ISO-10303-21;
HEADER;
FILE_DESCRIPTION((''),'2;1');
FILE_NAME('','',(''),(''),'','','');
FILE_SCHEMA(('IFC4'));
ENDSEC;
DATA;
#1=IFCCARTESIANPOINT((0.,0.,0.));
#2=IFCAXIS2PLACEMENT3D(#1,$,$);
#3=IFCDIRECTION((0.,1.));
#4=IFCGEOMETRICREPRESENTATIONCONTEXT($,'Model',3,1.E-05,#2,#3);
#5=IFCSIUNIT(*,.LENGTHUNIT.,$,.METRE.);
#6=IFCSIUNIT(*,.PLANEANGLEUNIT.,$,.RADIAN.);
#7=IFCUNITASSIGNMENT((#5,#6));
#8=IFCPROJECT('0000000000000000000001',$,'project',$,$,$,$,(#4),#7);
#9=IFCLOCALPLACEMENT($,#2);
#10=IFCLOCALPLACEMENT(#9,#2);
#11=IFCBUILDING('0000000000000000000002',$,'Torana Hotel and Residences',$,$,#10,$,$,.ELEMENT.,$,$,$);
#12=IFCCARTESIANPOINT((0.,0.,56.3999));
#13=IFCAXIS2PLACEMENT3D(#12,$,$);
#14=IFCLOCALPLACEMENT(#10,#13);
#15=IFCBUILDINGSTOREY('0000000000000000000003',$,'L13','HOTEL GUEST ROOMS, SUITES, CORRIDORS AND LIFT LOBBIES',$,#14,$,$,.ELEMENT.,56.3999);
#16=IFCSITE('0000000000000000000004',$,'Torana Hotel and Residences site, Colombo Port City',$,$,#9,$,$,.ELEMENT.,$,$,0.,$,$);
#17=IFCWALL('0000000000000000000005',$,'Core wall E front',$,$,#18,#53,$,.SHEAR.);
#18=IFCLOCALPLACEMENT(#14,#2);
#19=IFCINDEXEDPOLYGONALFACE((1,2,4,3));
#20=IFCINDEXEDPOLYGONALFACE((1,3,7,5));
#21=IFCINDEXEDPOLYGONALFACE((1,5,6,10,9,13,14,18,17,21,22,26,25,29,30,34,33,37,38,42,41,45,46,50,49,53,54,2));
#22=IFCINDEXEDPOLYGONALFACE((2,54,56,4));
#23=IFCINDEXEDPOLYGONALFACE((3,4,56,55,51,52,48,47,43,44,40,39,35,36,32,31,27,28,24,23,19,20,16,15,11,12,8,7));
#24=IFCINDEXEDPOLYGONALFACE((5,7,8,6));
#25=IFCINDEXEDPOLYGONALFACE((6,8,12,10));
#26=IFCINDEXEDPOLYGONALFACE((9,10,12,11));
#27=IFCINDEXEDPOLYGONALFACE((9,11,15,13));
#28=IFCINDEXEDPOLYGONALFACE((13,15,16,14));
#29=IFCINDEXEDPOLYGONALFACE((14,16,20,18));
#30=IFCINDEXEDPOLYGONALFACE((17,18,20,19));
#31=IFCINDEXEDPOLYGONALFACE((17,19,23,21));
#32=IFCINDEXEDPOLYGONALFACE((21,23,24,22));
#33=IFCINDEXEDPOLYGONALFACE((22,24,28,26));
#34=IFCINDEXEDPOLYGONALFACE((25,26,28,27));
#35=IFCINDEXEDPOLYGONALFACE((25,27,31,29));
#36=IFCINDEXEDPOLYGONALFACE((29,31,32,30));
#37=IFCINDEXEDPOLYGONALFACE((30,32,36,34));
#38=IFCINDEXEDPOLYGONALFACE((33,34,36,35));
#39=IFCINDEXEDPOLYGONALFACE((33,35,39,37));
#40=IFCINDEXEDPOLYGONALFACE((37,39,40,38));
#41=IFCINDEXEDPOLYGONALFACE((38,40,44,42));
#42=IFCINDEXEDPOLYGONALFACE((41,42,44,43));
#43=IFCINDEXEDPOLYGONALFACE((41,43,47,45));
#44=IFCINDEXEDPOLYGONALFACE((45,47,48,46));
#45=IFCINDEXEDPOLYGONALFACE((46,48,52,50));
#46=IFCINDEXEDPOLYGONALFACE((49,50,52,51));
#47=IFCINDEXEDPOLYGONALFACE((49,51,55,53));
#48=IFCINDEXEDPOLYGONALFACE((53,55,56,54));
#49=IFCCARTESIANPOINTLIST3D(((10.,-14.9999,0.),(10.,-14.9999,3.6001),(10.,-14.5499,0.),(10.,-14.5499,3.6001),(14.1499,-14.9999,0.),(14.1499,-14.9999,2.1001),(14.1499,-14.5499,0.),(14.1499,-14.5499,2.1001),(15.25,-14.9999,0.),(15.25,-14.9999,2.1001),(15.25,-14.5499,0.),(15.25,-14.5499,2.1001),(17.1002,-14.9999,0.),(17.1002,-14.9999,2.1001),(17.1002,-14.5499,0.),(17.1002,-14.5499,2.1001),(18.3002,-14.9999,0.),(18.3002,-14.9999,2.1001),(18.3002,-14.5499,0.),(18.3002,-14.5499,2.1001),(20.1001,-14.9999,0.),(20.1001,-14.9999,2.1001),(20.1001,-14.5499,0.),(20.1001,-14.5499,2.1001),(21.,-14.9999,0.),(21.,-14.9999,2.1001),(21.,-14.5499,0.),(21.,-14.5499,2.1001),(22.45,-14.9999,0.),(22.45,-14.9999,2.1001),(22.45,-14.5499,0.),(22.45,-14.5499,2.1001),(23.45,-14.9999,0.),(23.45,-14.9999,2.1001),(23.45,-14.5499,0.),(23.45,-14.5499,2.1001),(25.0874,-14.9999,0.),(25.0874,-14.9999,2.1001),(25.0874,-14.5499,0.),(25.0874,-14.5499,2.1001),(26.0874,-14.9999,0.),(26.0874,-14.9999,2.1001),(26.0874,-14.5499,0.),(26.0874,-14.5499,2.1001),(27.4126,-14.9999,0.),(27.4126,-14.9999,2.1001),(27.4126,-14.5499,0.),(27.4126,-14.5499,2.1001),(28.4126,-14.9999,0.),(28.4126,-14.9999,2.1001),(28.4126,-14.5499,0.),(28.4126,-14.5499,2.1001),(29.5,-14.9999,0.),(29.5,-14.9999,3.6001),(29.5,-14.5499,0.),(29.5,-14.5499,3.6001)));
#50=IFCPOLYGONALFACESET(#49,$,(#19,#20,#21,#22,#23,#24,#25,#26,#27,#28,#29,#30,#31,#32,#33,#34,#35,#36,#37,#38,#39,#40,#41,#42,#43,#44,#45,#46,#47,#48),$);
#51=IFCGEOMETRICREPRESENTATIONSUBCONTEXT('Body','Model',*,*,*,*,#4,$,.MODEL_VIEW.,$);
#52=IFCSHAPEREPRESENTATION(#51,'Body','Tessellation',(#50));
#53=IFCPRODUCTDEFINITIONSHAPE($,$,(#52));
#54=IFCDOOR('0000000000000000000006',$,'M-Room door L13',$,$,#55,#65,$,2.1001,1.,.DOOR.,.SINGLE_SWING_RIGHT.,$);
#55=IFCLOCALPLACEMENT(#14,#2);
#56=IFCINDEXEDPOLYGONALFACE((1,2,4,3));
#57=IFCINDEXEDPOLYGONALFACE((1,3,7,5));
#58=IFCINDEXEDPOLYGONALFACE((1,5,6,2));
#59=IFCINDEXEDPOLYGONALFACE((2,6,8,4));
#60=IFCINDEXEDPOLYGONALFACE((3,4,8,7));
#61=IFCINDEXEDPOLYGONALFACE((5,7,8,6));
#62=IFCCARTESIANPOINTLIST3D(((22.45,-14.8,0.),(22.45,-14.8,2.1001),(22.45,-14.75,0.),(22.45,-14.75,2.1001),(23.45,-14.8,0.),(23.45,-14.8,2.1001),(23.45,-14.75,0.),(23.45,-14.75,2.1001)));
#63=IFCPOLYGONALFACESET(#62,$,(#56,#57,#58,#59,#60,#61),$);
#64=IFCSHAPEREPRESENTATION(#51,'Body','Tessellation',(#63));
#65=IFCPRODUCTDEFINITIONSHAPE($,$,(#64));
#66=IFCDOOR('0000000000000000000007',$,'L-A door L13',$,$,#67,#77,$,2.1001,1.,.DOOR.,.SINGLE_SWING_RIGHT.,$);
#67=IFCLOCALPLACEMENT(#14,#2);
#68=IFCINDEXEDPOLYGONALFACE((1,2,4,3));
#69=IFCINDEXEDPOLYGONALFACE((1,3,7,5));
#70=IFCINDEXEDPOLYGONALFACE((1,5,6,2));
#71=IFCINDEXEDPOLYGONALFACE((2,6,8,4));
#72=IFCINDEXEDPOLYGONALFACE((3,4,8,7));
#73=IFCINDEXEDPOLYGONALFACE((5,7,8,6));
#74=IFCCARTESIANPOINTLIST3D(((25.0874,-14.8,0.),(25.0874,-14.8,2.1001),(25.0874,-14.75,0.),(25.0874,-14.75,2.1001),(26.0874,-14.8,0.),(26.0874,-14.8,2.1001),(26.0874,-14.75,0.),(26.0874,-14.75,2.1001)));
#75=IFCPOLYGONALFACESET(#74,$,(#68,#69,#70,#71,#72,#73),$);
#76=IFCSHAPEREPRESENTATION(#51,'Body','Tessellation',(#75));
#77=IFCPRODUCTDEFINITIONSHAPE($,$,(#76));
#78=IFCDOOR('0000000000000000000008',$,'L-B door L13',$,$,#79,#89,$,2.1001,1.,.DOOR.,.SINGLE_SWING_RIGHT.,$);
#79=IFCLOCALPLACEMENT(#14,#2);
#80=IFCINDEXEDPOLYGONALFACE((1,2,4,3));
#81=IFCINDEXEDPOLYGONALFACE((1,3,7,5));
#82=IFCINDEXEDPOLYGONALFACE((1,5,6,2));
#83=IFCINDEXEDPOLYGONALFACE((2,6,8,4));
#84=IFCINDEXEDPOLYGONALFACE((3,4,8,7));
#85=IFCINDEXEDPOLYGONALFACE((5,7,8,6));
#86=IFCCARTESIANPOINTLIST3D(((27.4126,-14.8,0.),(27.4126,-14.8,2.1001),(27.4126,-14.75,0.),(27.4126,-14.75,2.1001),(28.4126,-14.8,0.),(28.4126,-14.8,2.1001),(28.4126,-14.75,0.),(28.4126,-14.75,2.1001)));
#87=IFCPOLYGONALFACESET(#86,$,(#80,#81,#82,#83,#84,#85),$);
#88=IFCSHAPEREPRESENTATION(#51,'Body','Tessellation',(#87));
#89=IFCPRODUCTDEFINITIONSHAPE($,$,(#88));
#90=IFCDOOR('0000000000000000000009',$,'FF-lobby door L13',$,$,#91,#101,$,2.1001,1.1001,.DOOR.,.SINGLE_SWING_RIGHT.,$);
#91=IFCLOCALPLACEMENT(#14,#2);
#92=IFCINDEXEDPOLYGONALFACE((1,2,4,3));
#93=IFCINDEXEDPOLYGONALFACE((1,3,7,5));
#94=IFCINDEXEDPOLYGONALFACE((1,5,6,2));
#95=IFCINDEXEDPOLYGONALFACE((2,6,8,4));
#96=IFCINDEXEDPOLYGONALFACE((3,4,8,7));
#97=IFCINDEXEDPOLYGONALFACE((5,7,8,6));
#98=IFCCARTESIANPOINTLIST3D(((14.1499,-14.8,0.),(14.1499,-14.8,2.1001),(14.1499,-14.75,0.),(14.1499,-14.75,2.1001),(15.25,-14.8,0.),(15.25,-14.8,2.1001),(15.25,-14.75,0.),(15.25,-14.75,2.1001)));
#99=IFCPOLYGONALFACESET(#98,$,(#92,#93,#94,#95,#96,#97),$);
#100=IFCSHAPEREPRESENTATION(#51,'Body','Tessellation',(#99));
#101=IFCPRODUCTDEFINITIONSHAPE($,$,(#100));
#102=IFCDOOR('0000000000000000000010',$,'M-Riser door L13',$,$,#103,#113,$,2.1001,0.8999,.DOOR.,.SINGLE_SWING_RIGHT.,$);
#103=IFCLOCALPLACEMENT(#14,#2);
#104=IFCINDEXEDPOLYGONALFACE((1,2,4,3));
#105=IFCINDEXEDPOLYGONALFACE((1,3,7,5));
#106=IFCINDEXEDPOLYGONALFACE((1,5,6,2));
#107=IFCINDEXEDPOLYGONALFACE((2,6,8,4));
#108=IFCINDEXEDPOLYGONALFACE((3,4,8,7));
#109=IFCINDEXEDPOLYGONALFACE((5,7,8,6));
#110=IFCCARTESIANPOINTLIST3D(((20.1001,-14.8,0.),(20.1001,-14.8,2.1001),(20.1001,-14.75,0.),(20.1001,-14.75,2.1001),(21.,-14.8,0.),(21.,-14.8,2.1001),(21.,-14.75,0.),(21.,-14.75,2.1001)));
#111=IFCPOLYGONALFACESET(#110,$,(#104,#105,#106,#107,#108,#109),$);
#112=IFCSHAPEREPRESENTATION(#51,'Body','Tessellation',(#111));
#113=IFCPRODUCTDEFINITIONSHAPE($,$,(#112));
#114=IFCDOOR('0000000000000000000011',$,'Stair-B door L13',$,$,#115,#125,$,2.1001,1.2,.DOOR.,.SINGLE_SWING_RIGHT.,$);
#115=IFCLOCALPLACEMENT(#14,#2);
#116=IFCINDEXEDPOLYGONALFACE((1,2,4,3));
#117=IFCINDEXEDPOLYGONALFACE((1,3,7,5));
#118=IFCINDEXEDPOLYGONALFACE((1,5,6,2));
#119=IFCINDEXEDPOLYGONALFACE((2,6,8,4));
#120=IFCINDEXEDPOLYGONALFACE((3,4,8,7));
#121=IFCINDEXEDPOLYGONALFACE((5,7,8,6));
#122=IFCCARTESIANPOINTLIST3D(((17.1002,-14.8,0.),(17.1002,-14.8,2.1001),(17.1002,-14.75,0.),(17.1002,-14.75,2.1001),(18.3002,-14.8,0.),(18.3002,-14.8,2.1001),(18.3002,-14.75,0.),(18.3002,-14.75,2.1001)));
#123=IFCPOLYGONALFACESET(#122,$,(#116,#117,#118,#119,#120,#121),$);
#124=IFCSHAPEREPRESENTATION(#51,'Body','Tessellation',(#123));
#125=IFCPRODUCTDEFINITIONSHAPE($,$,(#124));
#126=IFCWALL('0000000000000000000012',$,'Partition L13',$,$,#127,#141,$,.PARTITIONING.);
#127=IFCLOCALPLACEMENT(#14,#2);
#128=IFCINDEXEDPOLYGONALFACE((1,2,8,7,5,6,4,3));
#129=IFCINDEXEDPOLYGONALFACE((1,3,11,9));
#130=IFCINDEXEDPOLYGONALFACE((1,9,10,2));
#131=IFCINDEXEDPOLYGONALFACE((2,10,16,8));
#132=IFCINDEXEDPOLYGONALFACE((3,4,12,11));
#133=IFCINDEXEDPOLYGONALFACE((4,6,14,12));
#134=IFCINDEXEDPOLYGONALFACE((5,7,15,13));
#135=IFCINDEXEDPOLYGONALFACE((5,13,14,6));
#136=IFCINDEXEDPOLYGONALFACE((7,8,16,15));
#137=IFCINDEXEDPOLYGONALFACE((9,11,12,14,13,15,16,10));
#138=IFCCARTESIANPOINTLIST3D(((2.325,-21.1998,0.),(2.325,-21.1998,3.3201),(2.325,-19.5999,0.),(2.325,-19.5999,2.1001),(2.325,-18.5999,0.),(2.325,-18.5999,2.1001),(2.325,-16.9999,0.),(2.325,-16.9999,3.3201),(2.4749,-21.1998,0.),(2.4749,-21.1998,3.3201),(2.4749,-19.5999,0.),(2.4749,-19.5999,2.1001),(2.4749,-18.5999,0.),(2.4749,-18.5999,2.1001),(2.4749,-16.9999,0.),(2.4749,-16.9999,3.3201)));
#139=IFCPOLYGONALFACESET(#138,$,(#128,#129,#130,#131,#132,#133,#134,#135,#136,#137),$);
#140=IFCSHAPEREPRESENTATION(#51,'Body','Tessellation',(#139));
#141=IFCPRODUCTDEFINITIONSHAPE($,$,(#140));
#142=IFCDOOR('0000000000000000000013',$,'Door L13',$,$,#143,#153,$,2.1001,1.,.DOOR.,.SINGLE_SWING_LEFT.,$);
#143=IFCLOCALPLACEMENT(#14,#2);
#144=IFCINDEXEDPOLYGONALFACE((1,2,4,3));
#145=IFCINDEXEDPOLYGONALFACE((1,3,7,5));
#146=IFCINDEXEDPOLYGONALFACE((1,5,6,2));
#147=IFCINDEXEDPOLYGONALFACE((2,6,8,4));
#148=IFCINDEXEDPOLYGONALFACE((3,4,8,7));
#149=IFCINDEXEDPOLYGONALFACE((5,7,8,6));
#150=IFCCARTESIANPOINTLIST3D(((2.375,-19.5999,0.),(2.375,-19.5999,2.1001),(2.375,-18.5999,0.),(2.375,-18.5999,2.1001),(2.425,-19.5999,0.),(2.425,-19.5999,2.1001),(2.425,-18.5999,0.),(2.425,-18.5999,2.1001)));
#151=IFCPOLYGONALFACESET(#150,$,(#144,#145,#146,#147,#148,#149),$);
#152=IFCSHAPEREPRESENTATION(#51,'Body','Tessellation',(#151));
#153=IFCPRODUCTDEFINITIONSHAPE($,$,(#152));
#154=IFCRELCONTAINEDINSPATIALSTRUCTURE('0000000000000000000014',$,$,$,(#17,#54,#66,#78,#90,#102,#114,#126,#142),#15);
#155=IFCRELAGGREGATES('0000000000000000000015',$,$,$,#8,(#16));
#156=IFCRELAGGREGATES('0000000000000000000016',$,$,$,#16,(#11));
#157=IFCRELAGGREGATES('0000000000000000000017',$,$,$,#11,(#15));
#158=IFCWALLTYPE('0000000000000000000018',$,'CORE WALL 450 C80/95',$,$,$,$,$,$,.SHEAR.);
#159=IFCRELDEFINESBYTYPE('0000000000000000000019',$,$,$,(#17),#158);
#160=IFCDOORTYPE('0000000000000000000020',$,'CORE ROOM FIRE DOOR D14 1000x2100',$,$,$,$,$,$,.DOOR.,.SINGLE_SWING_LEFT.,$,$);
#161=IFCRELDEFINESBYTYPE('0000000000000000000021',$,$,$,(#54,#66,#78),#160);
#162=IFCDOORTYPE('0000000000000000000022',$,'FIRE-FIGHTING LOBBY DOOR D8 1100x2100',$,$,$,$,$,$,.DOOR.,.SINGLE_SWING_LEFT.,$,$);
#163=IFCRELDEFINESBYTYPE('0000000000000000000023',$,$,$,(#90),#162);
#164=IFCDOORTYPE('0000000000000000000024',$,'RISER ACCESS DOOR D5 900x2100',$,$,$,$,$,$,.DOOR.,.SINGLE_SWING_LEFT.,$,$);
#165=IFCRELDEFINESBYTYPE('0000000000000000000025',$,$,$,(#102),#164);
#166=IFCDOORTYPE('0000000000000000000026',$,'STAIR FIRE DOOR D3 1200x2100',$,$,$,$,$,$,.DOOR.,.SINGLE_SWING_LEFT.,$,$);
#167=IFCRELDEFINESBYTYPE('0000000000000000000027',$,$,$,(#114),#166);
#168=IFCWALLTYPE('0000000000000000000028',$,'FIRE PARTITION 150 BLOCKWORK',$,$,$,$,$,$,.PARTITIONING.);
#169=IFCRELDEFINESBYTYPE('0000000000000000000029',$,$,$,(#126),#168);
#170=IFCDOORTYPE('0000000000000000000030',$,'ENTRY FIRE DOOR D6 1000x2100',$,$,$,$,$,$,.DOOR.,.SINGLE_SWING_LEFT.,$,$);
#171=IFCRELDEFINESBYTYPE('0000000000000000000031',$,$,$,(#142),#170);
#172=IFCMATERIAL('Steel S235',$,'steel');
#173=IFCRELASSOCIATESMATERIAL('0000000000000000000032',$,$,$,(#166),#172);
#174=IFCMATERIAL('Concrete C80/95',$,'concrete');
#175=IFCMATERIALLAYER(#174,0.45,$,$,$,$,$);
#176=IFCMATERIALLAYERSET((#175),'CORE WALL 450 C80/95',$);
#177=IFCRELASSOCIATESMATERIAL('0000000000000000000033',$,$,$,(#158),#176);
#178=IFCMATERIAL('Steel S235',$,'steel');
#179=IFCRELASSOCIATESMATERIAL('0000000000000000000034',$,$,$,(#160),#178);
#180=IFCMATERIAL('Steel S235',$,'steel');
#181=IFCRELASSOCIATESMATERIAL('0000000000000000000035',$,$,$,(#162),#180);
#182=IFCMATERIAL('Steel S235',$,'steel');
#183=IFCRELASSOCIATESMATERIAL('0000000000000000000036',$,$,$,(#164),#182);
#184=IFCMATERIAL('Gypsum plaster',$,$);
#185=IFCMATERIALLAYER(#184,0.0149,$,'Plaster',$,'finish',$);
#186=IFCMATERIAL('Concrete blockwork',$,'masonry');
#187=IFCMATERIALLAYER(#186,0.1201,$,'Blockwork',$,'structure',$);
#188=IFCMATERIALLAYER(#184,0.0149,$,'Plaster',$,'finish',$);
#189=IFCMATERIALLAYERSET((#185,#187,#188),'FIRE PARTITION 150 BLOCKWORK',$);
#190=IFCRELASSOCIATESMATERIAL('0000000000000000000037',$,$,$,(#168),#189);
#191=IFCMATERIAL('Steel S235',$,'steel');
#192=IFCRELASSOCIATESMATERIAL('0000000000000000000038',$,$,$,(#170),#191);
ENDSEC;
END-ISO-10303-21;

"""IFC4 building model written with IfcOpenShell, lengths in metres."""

from ifc_helpers import new_model, si_unit, direction, frame, frame_2d, origin, place, context, subcontext, project, spatial, rectangle, extrude, material, layer, layer_set, type_object, element, fill, save


model = new_model("IFC4")

# Units and contexts
model_context = context("Model", 3, precision=1e-05, world=origin(), true_north=direction((0.0, 1.0)))
body_context = subcontext(model_context, "Body", "Model", "MODEL_VIEW")
ifc_project = project(units=[si_unit("LENGTHUNIT", "METRE"), si_unit("PLANEANGLEUNIT", "RADIAN")], contexts=[model_context])

# Site, building, storey
site_placement = place(None, origin())
site = spatial("IfcSite", under=ifc_project, at=site_placement, Name="Torana Hotel and Residences site, Colombo Port City", CompositionType="ELEMENT", RefElevation=0.0)
building_placement = place(site_placement, origin())
building = spatial("IfcBuilding", under=site, at=building_placement, Name="Torana Hotel and Residences", CompositionType="ELEMENT")
storey_placement = place(building_placement, frame((0.0, 0.0, 56.3999)))
storey = spatial("IfcBuildingStorey", under=building, at=storey_placement, Name="L13", Description="HOTEL GUEST ROOMS, SUITES, CORRIDORS AND LIFT LOBBIES", CompositionType="ELEMENT", Elevation=56.3999)

# Wall, openings, doors
ifc_material_1 = material(Name="Steel S235", Category="steel")
door_type_1 = type_object("IfcDoorType", Name="STAIR FIRE DOOR D3 1200x2100", OperationType="SINGLE_SWING_LEFT", PredefinedType="DOOR", material=ifc_material_1)
ifc_material_2 = material(Name="Concrete C80/95", Category="concrete")
ifc_layer_1 = layer(ifc_material_2, 0.45)
ifc_layer_set_1 = layer_set([ifc_layer_1], Name="CORE WALL 450 C80/95")
wall_type_1 = type_object("IfcWallType", Name="CORE WALL 450 C80/95", PredefinedType="SHEAR", material=ifc_layer_set_1)
wall_1_placement = place(storey_placement, frame((10.0, -14.7749, 0.0), z_axis=(0.0, 0.0, 1.0), x_axis=(1.0, 0.0, 0.0)))
wall_1 = element("IfcWall", 1, at=wall_1_placement, inside=storey, type_object=wall_type_1, Name="Core wall E front", PredefinedType="SHEAR", context=body_context, shape_type="SweptSolid", body=[
    extrude(rectangle(XDim=19.5, YDim=0.45, at=frame_2d((9.75, 0.0))), origin(), (0.0, 0.0, 1.0), 3.6001),
])
opening_1_placement = place(wall_1_placement, frame((7.1001, 0.0, 0.0)))
opening_1 = element("IfcOpeningElement", 2, at=opening_1_placement, cuts=wall_1, PredefinedType="OPENING", context=body_context, shape_type="SweptSolid", body=[
    extrude(rectangle(XDim=1.2, YDim=2.1001, at=frame_2d((0.6001, 1.05))), frame((0.0, 0.2349, 0.0), z_axis=(0.0, -1.0, 0.0), x_axis=(1.0, 0.0, 0.0)), (0.0, 0.0, 1.0), 0.47),
])
opening_2_placement = place(wall_1_placement, frame((4.1499, 0.0, 0.0)))
opening_2 = element("IfcOpeningElement", 3, at=opening_2_placement, cuts=wall_1, PredefinedType="OPENING", context=body_context, shape_type="SweptSolid", body=[
    extrude(rectangle(XDim=1.1001, YDim=2.1001, at=frame_2d((0.55, 1.05))), frame((0.0, 0.2349, 0.0), z_axis=(0.0, -1.0, 0.0), x_axis=(1.0, 0.0, 0.0)), (0.0, 0.0, 1.0), 0.47),
])
opening_3_placement = place(wall_1_placement, frame((10.1001, 0.0, 0.0)))
opening_3 = element("IfcOpeningElement", 4, at=opening_3_placement, cuts=wall_1, PredefinedType="OPENING", context=body_context, shape_type="SweptSolid", body=[
    extrude(rectangle(XDim=0.8999, YDim=2.1001, at=frame_2d((0.45, 1.05))), frame((0.0, 0.2349, 0.0), z_axis=(0.0, -1.0, 0.0), x_axis=(1.0, 0.0, 0.0)), (0.0, 0.0, 1.0), 0.47),
])
opening_4_placement = place(wall_1_placement, frame((12.45, 0.0, 0.0)))
opening_4 = element("IfcOpeningElement", 5, at=opening_4_placement, cuts=wall_1, PredefinedType="OPENING", context=body_context, shape_type="SweptSolid", body=[
    extrude(rectangle(XDim=1.0, YDim=2.1001, at=frame_2d((0.5, 1.05))), frame((0.0, 0.2349, 0.0), z_axis=(0.0, -1.0, 0.0), x_axis=(1.0, 0.0, 0.0)), (0.0, 0.0, 1.0), 0.47),
])
opening_5_placement = place(wall_1_placement, frame((15.0874, 0.0, 0.0)))
opening_5 = element("IfcOpeningElement", 6, at=opening_5_placement, cuts=wall_1, PredefinedType="OPENING", context=body_context, shape_type="SweptSolid", body=[
    extrude(rectangle(XDim=1.0, YDim=2.1001, at=frame_2d((0.5, 1.05))), frame((0.0, 0.2349, 0.0), z_axis=(0.0, -1.0, 0.0), x_axis=(1.0, 0.0, 0.0)), (0.0, 0.0, 1.0), 0.47),
])
opening_6_placement = place(wall_1_placement, frame((17.4126, 0.0, 0.0)))
opening_6 = element("IfcOpeningElement", 7, at=opening_6_placement, cuts=wall_1, PredefinedType="OPENING", context=body_context, shape_type="SweptSolid", body=[
    extrude(rectangle(XDim=1.0, YDim=2.1001, at=frame_2d((0.5, 1.05))), frame((0.0, 0.2349, 0.0), z_axis=(0.0, -1.0, 0.0), x_axis=(1.0, 0.0, 0.0)), (0.0, 0.0, 1.0), 0.47),
])
ifc_material_3 = material(Name="Steel S235", Category="steel")
door_type_2 = type_object("IfcDoorType", Name="CORE ROOM FIRE DOOR D14 1000x2100", OperationType="SINGLE_SWING_LEFT", PredefinedType="DOOR", material=ifc_material_3)
door_1_placement = place(opening_4_placement, origin())
door_1 = element("IfcDoor", 8, at=door_1_placement, inside=storey, type_object=door_type_2, Name="M-Room door L13", OperationType="SINGLE_SWING_RIGHT", OverallHeight=2.1001, OverallWidth=1.0, PredefinedType="DOOR", context=body_context, shape_type="SweptSolid", body=[
    extrude(rectangle(XDim=1.0, YDim=2.1001, at=frame_2d((0.5, 1.05))), frame((0.0, 0.0249, 0.0), z_axis=(0.0, -1.0, 0.0), x_axis=(1.0, 0.0, 0.0)), (0.0, 0.0, 1.0), 0.05),
])
fill(opening_4, door_1)
door_2_placement = place(opening_5_placement, origin())
door_2 = element("IfcDoor", 9, at=door_2_placement, inside=storey, type_object=door_type_2, Name="L-A door L13", OperationType="SINGLE_SWING_RIGHT", OverallHeight=2.1001, OverallWidth=1.0, PredefinedType="DOOR", context=body_context, shape_type="SweptSolid", body=[
    extrude(rectangle(XDim=1.0, YDim=2.1001, at=frame_2d((0.5, 1.05))), frame((0.0, 0.0249, 0.0), z_axis=(0.0, -1.0, 0.0), x_axis=(1.0, 0.0, 0.0)), (0.0, 0.0, 1.0), 0.05),
])
fill(opening_5, door_2)
door_3_placement = place(opening_6_placement, origin())
door_3 = element("IfcDoor", 10, at=door_3_placement, inside=storey, type_object=door_type_2, Name="L-B door L13", OperationType="SINGLE_SWING_RIGHT", OverallHeight=2.1001, OverallWidth=1.0, PredefinedType="DOOR", context=body_context, shape_type="SweptSolid", body=[
    extrude(rectangle(XDim=1.0, YDim=2.1001, at=frame_2d((0.5, 1.05))), frame((0.0, 0.0249, 0.0), z_axis=(0.0, -1.0, 0.0), x_axis=(1.0, 0.0, 0.0)), (0.0, 0.0, 1.0), 0.05),
])
fill(opening_6, door_3)
ifc_material_4 = material(Name="Steel S235", Category="steel")
door_type_3 = type_object("IfcDoorType", Name="FIRE-FIGHTING LOBBY DOOR D8 1100x2100", OperationType="SINGLE_SWING_LEFT", PredefinedType="DOOR", material=ifc_material_4)
door_4_placement = place(opening_2_placement, origin())
door_4 = element("IfcDoor", 11, at=door_4_placement, inside=storey, type_object=door_type_3, Name="FF-lobby door L13", OperationType="SINGLE_SWING_RIGHT", OverallHeight=2.1001, OverallWidth=1.1001, PredefinedType="DOOR", context=body_context, shape_type="SweptSolid", body=[
    extrude(rectangle(XDim=1.1001, YDim=2.1001, at=frame_2d((0.55, 1.05))), frame((0.0, 0.0249, 0.0), z_axis=(0.0, -1.0, 0.0), x_axis=(1.0, 0.0, 0.0)), (0.0, 0.0, 1.0), 0.05),
])
fill(opening_2, door_4)
ifc_material_5 = material(Name="Steel S235", Category="steel")
door_type_4 = type_object("IfcDoorType", Name="RISER ACCESS DOOR D5 900x2100", OperationType="SINGLE_SWING_LEFT", PredefinedType="DOOR", material=ifc_material_5)
door_5_placement = place(opening_3_placement, origin())
door_5 = element("IfcDoor", 12, at=door_5_placement, inside=storey, type_object=door_type_4, Name="M-Riser door L13", OperationType="SINGLE_SWING_RIGHT", OverallHeight=2.1001, OverallWidth=0.8999, PredefinedType="DOOR", context=body_context, shape_type="SweptSolid", body=[
    extrude(rectangle(XDim=0.8999, YDim=2.1001, at=frame_2d((0.45, 1.05))), frame((0.0, 0.0249, 0.0), z_axis=(0.0, -1.0, 0.0), x_axis=(1.0, 0.0, 0.0)), (0.0, 0.0, 1.0), 0.05),
])
fill(opening_3, door_5)
door_6_placement = place(opening_1_placement, origin())
door_6 = element("IfcDoor", 13, at=door_6_placement, inside=storey, type_object=door_type_1, Name="Stair-B door L13", OperationType="SINGLE_SWING_RIGHT", OverallHeight=2.1001, OverallWidth=1.2, PredefinedType="DOOR", context=body_context, shape_type="SweptSolid", body=[
    extrude(rectangle(XDim=1.2, YDim=2.1001, at=frame_2d((0.6001, 1.05))), frame((0.0, 0.0249, 0.0), z_axis=(0.0, -1.0, 0.0), x_axis=(1.0, 0.0, 0.0)), (0.0, 0.0, 1.0), 0.05),
])
fill(opening_1, door_6)

# Wall, opening, door
ifc_material_6 = material(Name="Gypsum plaster")
ifc_layer_2 = layer(ifc_material_6, 0.0149, Name="Plaster", Category="finish")
ifc_material_7 = material(Name="Concrete blockwork", Category="masonry")
ifc_layer_3 = layer(ifc_material_7, 0.1201, Name="Blockwork", Category="structure")
ifc_layer_4 = layer(ifc_material_6, 0.0149, Name="Plaster", Category="finish")
ifc_layer_set_2 = layer_set([ifc_layer_2, ifc_layer_3, ifc_layer_4], Name="FIRE PARTITION 150 BLOCKWORK")
wall_type_2 = type_object("IfcWallType", Name="FIRE PARTITION 150 BLOCKWORK", PredefinedType="PARTITIONING", material=ifc_layer_set_2)
wall_2_placement = place(storey_placement, frame((2.3999, -21.2, 0.0), z_axis=(0.0, 0.0, 1.0), x_axis=(0.0, 1.0, 0.0)))
wall_2 = element("IfcWall", 14, at=wall_2_placement, inside=storey, type_object=wall_type_2, Name="Partition L13", PredefinedType="PARTITIONING", context=body_context, shape_type="SweptSolid", body=[
    extrude(rectangle(XDim=4.2, YDim=0.1499, at=frame_2d((2.1001, 0.0))), origin(), (0.0, 0.0, 1.0), 3.3201),
])
opening_7_placement = place(wall_2_placement, frame((1.6001, 0.0, 0.0)))
opening_7 = element("IfcOpeningElement", 15, at=opening_7_placement, cuts=wall_2, PredefinedType="OPENING", context=body_context, shape_type="SweptSolid", body=[
    extrude(rectangle(XDim=1.0, YDim=2.1001, at=frame_2d((0.5, 1.05))), frame((0.0, 0.085, 0.0), z_axis=(0.0, -1.0, 0.0), x_axis=(1.0, 0.0, 0.0)), (0.0, 0.0, 1.0), 0.1699),
])
ifc_material_8 = material(Name="Steel S235", Category="steel")
door_type_5 = type_object("IfcDoorType", Name="ENTRY FIRE DOOR D6 1000x2100", OperationType="SINGLE_SWING_LEFT", PredefinedType="DOOR", material=ifc_material_8)
door_7_placement = place(opening_7_placement, frame((0.5, 0.0, 0.0), z_axis=(0.0, 0.0, 1.0), x_axis=(-1.0, 0.0, 0.0)))
door_7 = element("IfcDoor", 16, at=door_7_placement, inside=storey, type_object=door_type_5, Name="Door L13", OperationType="SINGLE_SWING_LEFT", OverallHeight=2.1001, OverallWidth=1.0, PredefinedType="DOOR", context=body_context, shape_type="SweptSolid", body=[
    extrude(rectangle(XDim=1.0, YDim=2.1001, at=frame_2d((0.0, 1.05))), frame((0.0, -0.0249, 0.0), z_axis=(0.0, 1.0, 0.0), x_axis=(-1.0, 0.0, 0.0)), (0.0, 0.0, 1.0), 0.05),
])
fill(opening_7, door_7)

save(model, "model.ifc")
